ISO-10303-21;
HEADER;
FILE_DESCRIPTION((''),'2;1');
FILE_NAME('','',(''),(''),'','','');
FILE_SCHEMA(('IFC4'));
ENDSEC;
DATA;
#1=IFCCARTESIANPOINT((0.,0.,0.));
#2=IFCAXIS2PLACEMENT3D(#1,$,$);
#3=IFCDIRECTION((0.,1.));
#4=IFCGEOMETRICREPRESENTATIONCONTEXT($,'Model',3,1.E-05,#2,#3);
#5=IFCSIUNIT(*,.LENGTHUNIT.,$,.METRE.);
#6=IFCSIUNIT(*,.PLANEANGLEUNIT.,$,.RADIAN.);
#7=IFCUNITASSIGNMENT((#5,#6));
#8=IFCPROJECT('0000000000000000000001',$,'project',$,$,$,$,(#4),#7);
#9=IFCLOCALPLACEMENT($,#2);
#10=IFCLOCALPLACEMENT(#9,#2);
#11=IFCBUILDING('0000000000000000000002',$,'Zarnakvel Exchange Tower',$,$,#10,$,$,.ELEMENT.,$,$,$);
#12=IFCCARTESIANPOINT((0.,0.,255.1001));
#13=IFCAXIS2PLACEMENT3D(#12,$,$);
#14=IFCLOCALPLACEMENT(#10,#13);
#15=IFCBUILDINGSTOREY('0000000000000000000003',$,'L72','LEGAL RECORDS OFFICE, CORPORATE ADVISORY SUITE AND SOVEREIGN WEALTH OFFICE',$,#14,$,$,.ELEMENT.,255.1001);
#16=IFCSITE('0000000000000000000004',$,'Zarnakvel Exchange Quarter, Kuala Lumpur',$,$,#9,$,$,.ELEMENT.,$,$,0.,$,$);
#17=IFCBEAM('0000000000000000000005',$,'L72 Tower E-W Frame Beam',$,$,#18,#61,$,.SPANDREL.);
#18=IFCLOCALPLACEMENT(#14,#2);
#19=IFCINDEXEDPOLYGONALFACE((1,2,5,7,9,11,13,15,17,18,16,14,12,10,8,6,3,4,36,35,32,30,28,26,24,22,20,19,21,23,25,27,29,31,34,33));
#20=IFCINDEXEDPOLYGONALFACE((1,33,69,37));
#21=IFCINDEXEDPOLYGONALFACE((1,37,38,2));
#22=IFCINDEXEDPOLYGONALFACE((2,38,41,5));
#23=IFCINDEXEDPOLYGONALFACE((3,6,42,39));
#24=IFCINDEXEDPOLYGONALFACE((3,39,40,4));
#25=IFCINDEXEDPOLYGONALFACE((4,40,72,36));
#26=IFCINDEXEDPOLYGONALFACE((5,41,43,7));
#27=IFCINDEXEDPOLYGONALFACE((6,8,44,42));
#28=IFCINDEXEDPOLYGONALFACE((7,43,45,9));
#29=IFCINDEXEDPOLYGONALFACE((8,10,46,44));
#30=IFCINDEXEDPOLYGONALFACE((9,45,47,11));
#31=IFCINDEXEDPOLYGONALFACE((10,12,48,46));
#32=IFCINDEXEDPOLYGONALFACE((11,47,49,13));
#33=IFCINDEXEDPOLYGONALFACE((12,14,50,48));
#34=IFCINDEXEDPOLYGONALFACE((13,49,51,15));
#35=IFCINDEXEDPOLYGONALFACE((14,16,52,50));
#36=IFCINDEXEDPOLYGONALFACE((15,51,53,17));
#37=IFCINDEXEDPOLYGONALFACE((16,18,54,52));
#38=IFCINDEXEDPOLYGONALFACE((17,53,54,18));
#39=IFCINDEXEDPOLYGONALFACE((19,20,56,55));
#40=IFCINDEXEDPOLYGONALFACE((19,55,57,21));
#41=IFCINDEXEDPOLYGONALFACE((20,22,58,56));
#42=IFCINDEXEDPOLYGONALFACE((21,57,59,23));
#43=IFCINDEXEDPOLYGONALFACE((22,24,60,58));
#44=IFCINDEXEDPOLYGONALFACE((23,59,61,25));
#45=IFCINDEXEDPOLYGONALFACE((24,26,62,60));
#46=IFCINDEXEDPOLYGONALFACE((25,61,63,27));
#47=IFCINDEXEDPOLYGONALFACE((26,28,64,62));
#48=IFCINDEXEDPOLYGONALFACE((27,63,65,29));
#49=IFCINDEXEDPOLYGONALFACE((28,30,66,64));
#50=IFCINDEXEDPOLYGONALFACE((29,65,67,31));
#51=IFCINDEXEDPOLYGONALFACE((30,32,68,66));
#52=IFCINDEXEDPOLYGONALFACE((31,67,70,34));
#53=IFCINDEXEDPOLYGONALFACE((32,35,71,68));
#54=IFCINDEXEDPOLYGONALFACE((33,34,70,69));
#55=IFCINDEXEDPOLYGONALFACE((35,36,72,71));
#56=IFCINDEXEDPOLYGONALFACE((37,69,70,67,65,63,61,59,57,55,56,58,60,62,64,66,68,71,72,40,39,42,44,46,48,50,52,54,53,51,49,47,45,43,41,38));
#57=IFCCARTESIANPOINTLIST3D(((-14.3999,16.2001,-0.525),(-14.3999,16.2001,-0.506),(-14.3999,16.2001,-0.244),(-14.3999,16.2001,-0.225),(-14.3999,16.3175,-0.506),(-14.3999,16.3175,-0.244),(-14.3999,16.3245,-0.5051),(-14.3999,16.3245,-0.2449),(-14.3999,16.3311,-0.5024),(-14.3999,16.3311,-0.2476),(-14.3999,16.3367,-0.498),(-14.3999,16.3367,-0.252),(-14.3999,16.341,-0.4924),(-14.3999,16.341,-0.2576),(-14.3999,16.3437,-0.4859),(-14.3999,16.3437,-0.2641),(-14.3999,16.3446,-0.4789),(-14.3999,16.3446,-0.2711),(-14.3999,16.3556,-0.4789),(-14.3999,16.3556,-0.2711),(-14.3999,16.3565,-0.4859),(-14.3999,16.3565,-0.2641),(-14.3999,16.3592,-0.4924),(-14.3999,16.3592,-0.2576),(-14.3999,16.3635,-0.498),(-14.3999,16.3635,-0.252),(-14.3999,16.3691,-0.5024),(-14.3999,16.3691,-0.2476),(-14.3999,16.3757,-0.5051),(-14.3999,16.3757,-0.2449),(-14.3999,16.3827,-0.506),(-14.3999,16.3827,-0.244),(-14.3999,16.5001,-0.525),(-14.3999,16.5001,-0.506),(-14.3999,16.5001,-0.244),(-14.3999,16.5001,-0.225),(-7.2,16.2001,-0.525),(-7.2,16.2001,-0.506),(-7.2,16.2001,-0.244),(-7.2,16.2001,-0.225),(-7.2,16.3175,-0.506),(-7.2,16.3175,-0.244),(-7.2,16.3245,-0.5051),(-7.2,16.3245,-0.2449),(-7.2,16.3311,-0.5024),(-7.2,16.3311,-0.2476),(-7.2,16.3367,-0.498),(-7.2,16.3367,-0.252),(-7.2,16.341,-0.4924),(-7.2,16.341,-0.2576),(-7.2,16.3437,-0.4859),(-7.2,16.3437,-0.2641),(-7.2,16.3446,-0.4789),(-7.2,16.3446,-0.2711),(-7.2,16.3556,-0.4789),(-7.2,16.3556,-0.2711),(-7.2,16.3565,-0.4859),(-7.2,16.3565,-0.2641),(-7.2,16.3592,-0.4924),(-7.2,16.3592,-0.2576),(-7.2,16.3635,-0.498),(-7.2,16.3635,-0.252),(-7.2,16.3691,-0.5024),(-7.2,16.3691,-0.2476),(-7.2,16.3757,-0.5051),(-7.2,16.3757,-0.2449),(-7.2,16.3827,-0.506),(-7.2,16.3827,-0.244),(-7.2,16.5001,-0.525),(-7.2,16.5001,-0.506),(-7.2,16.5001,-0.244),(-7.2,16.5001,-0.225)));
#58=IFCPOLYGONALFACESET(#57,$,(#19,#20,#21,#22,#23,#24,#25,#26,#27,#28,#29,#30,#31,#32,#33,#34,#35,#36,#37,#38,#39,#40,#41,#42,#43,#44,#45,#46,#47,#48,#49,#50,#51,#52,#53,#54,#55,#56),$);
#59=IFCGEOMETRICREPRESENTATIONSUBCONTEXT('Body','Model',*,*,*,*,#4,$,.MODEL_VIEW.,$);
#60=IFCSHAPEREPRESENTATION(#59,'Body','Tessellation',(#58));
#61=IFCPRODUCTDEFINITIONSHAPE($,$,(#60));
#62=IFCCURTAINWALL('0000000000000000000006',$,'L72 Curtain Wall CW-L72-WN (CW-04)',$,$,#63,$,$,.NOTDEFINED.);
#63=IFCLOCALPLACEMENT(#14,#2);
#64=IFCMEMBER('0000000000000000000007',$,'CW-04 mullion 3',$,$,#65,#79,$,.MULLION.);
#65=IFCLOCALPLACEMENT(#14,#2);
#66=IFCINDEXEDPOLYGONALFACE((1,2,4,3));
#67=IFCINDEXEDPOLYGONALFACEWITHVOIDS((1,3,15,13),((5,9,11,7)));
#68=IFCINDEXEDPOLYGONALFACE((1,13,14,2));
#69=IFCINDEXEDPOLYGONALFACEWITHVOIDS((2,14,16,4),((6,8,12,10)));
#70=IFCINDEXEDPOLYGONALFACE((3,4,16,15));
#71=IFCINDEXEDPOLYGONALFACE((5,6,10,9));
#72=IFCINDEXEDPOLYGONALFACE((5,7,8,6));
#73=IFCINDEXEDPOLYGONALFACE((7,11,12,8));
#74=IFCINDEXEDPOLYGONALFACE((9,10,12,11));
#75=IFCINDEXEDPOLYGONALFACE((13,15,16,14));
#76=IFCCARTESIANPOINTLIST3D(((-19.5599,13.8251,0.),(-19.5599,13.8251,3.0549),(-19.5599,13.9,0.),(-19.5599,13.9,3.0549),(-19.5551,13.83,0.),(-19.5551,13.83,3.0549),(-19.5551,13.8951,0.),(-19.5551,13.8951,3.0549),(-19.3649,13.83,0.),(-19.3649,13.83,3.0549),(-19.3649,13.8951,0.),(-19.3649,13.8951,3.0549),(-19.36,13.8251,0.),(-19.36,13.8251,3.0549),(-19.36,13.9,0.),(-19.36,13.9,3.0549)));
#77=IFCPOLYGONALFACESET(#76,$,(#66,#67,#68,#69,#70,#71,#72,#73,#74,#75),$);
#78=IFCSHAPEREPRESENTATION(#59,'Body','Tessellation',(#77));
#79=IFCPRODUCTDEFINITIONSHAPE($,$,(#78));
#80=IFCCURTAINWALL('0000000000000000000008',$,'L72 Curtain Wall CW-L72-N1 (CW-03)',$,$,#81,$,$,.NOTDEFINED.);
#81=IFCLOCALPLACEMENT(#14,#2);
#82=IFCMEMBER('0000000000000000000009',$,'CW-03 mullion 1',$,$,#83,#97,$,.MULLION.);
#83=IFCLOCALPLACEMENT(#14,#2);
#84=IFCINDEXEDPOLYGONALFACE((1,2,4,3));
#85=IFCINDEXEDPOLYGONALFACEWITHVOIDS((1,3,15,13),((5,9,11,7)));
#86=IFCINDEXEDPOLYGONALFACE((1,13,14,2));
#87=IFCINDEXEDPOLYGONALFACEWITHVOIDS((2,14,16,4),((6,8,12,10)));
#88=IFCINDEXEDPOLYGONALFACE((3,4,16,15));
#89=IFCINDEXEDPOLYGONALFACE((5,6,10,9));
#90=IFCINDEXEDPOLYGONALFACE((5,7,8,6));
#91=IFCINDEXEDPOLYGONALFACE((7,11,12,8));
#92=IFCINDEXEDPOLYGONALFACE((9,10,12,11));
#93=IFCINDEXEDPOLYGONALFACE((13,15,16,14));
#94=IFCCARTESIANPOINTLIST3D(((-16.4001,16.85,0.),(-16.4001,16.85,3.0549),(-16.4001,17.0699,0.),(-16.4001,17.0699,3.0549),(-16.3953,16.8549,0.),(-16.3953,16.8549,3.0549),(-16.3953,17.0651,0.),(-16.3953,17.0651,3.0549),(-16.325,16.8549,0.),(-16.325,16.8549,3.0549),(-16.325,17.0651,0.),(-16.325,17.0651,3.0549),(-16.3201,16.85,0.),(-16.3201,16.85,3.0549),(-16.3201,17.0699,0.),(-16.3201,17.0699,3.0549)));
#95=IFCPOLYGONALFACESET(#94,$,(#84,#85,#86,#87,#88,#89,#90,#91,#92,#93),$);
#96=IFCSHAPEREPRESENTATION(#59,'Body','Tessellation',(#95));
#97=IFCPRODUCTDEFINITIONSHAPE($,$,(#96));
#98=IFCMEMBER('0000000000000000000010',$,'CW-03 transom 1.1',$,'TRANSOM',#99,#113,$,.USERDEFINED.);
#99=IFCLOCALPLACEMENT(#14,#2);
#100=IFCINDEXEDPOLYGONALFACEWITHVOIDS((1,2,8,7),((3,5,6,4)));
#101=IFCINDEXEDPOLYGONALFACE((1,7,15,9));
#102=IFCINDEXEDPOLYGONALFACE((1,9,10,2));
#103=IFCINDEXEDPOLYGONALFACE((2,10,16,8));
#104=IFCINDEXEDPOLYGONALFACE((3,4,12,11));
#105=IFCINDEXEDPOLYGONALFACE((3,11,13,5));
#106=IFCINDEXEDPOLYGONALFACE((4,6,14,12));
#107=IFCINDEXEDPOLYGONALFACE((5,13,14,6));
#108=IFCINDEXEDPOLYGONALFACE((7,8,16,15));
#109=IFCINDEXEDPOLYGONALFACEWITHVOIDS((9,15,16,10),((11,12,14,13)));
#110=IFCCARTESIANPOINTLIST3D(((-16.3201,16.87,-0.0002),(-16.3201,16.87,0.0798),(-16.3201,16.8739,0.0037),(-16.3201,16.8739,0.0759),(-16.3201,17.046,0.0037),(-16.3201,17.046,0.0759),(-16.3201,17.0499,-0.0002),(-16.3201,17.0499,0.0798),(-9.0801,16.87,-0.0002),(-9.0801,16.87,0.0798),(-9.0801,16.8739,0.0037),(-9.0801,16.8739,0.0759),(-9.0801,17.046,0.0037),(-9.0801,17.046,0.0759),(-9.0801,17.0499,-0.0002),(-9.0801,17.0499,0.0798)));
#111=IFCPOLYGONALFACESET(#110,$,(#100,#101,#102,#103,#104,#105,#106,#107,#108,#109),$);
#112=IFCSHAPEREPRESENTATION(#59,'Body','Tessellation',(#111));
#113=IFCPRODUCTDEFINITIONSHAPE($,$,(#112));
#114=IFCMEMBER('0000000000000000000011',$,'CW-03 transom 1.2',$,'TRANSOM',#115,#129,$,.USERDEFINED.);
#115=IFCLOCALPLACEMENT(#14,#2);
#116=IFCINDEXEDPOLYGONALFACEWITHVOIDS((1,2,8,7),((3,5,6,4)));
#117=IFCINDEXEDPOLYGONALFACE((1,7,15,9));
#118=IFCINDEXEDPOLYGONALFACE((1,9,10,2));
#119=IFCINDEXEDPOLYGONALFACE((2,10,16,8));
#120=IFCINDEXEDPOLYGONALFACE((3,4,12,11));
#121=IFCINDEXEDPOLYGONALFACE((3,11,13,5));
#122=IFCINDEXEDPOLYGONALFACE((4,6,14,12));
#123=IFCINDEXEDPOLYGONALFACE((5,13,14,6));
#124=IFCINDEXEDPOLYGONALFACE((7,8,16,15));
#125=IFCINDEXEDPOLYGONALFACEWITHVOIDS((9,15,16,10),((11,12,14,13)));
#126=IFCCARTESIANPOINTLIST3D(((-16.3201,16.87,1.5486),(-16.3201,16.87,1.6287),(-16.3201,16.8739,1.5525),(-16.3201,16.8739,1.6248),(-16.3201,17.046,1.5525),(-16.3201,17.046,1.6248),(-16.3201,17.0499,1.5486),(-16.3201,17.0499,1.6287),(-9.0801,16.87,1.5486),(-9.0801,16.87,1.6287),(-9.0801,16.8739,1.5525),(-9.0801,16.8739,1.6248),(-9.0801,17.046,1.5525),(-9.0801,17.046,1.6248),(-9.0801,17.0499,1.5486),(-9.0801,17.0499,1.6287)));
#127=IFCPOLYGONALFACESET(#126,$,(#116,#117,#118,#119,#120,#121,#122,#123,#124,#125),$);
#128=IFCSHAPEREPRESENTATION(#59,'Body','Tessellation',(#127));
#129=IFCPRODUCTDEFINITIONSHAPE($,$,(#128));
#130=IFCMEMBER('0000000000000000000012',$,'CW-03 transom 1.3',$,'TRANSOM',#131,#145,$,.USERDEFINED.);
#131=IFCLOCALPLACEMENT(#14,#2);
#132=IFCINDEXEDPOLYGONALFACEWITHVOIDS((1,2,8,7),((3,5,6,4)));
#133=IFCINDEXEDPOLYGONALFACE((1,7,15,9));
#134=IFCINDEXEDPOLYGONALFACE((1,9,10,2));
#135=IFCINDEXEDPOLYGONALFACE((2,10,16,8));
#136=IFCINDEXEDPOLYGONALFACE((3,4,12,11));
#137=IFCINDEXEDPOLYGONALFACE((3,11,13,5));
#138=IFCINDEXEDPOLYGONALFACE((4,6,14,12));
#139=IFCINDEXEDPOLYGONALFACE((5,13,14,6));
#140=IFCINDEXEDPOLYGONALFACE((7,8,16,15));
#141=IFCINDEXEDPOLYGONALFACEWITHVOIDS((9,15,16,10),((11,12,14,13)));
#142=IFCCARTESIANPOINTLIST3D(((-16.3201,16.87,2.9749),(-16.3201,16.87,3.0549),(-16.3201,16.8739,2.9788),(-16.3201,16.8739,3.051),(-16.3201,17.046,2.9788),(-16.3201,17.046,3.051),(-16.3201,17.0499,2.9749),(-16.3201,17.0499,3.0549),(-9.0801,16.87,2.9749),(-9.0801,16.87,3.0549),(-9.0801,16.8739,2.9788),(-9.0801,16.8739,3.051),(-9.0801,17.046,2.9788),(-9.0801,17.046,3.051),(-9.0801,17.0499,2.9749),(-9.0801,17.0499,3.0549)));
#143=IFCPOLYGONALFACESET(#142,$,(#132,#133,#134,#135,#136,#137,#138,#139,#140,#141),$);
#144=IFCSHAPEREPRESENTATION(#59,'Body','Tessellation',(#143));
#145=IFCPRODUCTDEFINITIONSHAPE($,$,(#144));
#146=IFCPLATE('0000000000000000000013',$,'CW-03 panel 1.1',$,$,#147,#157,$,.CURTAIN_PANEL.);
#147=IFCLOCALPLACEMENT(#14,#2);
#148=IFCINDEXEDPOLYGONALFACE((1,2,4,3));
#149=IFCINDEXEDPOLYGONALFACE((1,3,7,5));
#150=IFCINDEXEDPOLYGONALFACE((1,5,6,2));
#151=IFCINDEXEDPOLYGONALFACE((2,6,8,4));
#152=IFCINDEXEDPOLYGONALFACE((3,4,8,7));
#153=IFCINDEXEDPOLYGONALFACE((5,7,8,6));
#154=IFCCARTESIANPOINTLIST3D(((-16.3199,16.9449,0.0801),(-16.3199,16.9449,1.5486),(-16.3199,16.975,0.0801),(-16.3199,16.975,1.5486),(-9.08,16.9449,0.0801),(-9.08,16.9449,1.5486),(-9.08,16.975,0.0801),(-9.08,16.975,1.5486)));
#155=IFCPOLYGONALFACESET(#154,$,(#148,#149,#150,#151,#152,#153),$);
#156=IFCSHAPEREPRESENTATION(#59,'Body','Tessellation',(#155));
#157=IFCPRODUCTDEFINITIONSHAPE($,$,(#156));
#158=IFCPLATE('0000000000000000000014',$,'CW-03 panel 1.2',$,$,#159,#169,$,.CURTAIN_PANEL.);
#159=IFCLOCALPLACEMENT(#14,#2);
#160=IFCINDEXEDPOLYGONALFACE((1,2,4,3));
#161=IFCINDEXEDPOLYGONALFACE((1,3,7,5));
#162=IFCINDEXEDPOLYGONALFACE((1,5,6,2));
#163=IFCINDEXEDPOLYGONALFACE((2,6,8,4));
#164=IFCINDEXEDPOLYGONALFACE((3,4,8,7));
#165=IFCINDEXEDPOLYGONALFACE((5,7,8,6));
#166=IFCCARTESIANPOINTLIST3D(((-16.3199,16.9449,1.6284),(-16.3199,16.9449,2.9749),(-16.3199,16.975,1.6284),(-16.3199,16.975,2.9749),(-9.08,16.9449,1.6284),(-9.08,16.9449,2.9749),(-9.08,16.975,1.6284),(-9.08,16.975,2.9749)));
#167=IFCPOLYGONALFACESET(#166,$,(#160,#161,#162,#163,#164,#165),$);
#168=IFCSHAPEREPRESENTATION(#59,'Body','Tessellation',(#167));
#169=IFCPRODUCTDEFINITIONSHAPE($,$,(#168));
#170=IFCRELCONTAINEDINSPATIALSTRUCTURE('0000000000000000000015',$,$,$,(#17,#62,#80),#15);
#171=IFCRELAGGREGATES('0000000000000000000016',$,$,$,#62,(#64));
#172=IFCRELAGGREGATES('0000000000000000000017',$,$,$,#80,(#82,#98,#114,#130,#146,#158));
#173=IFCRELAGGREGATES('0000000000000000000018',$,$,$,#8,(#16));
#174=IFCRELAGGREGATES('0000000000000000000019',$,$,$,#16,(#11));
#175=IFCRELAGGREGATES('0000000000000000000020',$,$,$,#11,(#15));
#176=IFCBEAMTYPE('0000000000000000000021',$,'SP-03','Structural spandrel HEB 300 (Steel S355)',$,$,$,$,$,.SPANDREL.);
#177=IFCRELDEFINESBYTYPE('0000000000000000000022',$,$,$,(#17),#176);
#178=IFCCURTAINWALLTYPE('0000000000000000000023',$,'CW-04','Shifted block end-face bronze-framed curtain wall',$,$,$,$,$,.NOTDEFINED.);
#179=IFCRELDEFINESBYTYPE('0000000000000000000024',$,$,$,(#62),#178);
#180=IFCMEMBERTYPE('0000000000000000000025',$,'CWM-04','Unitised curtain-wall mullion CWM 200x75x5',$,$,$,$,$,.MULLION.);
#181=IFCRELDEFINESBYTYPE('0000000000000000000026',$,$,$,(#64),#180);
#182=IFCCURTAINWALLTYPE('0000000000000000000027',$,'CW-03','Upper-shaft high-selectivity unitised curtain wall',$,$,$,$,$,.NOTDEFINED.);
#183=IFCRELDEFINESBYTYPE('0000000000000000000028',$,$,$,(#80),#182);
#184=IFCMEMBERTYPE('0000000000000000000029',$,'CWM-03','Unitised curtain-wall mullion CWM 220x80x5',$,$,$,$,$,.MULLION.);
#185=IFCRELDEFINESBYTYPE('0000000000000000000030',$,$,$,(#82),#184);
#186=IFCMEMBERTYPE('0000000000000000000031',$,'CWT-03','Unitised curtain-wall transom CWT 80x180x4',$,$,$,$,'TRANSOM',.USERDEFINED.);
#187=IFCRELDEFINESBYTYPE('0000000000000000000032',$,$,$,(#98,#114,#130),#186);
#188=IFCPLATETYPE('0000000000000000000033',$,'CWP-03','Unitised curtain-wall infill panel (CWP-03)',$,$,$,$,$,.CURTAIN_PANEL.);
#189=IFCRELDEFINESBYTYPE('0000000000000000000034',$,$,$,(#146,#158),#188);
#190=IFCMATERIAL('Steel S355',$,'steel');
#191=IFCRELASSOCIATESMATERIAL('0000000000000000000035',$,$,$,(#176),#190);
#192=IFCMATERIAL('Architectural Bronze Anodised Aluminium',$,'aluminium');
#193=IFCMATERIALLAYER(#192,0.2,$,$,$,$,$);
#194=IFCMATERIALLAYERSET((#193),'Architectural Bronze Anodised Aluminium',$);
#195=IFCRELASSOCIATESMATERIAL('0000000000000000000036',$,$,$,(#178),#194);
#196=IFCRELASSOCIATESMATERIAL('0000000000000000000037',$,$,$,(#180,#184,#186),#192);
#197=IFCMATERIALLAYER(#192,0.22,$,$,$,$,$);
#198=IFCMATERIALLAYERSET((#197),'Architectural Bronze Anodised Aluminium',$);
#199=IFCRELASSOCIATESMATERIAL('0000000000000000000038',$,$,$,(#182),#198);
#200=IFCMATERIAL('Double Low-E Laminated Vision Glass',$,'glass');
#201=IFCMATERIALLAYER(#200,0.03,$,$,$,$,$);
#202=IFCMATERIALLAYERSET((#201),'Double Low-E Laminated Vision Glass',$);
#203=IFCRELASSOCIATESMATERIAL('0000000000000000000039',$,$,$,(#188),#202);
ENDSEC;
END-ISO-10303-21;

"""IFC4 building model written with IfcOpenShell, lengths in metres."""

from ifc_helpers import new_model, si_unit, direction, frame, origin, origin_2d, place, context, subcontext, project, spatial, rectangle, hollow_rectangle, i_section, extrude, source, transform, mapped, material, layer, layer_set, material_profile, profile_set, type_object, element, aggregate, save


model = new_model("IFC4")

# Units and contexts
model_context = context("Model", 3, precision=1e-05, world=origin(), true_north=direction((0.0, 1.0)))
body_context = subcontext(model_context, "Body", "Model", "MODEL_VIEW")
ifc_project = project(units=[si_unit("LENGTHUNIT", "METRE"), si_unit("PLANEANGLEUNIT", "RADIAN")], contexts=[model_context])

# Site, building, storey
site_placement = place(None, origin())
site = spatial("IfcSite", under=ifc_project, at=site_placement, Name="Zarnakvel Exchange Quarter, Kuala Lumpur", CompositionType="ELEMENT", RefElevation=0.0)
building_placement = place(site_placement, origin())
building = spatial("IfcBuilding", under=site, at=building_placement, Name="Zarnakvel Exchange Tower", CompositionType="ELEMENT")
storey_placement = place(building_placement, frame((0.0, 0.0, 255.1001)))
storey = spatial("IfcBuildingStorey", under=building, at=storey_placement, Name="L72", Description="LEGAL RECORDS OFFICE, CORPORATE ADVISORY SUITE AND SOVEREIGN WEALTH OFFICE", CompositionType="ELEMENT", Elevation=255.1001)

# Shared definitions
ifc_material_1 = material(Name="Steel S355", Category="steel")

# Beam
ifc_material_profile_1 = material_profile(ifc_material_1, i_section(OverallWidth=0.3, OverallDepth=0.3, WebThickness=0.011, FlangeThickness=0.019, FilletRadius=0.0271, at=origin_2d()))
ifc_profile_set_1 = profile_set([ifc_material_profile_1], Name="Steel S355")
beam_type_1 = type_object("IfcBeamType", Name="SP-03", Description="Structural spandrel HEB 300 (Steel S355)", PredefinedType="SPANDREL", material=ifc_profile_set_1)
beam_1_placement = place(storey_placement, frame((-14.3999, 16.3501, -0.375), z_axis=(1.0, 0.0, 0.0), x_axis=(0.0, 1.0, 0.0)))
element("IfcBeam", 1, at=beam_1_placement, inside=storey, type_object=beam_type_1, Name="L72 Tower E-W Frame Beam", PredefinedType="SPANDREL", context=body_context, shape_type="SweptSolid", body=[
    extrude(i_section(OverallWidth=0.3, OverallDepth=0.3, WebThickness=0.011, FlangeThickness=0.019, FilletRadius=0.0271, at=origin_2d()), origin(), (0.0, 0.0, 1.0), 7.2),
])

# Curtain wall, member
ifc_material_2 = material(Name="Architectural Bronze Anodised Aluminium", Category="aluminium")
ifc_layer_1 = layer(ifc_material_2, 0.2)
ifc_layer_set_1 = layer_set([ifc_layer_1], Name="Architectural Bronze Anodised Aluminium")
curtain_wall_type_1 = type_object("IfcCurtainWallType", Name="CW-04", Description="Shifted block end-face bronze-framed curtain wall", PredefinedType="NOTDEFINED", material=ifc_layer_set_1)
curtain_wall_1_placement = place(storey_placement, origin())
curtain_wall_1 = element("IfcCurtainWall", 2, at=curtain_wall_1_placement, inside=storey, type_object=curtain_wall_type_1, Name="L72 Curtain Wall CW-L72-WN (CW-04)", PredefinedType="NOTDEFINED")
ifc_material_profile_2 = material_profile(ifc_material_2, hollow_rectangle(XDim=0.2, YDim=0.075, WallThickness=0.0049, at=origin_2d()))
ifc_profile_set_2 = profile_set([ifc_material_profile_2], Name="Architectural Bronze Anodised Aluminium")
member_type_1 = type_object("IfcMemberType", Name="CWM-04", Description="Unitised curtain-wall mullion CWM 200x75x5", PredefinedType="MULLION", material=ifc_profile_set_2)
shared_shape_1 = source(origin(), body_context, "Body", "SweptSolid", [
    extrude(hollow_rectangle(XDim=0.2, YDim=0.075, WallThickness=0.0049, at=origin_2d()), origin(), (0.0, 0.0, 1.0), 3.0549),
])
member_1_placement = place(storey_placement, frame((-19.46, 13.8625, 0.0), z_axis=(0.0, 0.0, 1.0), x_axis=(-1.0, 0.0, 0.0)))
member_1 = element("IfcMember", 3, at=member_1_placement, type_object=member_type_1, Name="CW-04 mullion 3", PredefinedType="MULLION", context=body_context, shape_type="MappedRepresentation", body=[
    mapped(shared_shape_1, transform((0.0, 0.0, 0.0), x_axis=(1.0, 0.0, 0.0), y_axis=(0.0, 1.0, 0.0), z_axis=(0.0, 0.0, 1.0), scale=1.0)),
])
aggregate(curtain_wall_1, [member_1])

# Curtain wall, members, plates
ifc_layer_2 = layer(ifc_material_2, 0.22)
ifc_layer_set_2 = layer_set([ifc_layer_2], Name="Architectural Bronze Anodised Aluminium")
curtain_wall_type_2 = type_object("IfcCurtainWallType", Name="CW-03", Description="Upper-shaft high-selectivity unitised curtain wall", PredefinedType="NOTDEFINED", material=ifc_layer_set_2)
curtain_wall_2_placement = place(storey_placement, origin())
curtain_wall_2 = element("IfcCurtainWall", 4, at=curtain_wall_2_placement, inside=storey, type_object=curtain_wall_type_2, Name="L72 Curtain Wall CW-L72-N1 (CW-03)", PredefinedType="NOTDEFINED")
ifc_material_profile_3 = material_profile(ifc_material_2, hollow_rectangle(XDim=0.22, YDim=0.0801, WallThickness=0.0049, at=origin_2d()))
ifc_profile_set_3 = profile_set([ifc_material_profile_3], Name="Architectural Bronze Anodised Aluminium")
member_type_2 = type_object("IfcMemberType", Name="CWM-03", Description="Unitised curtain-wall mullion CWM 220x80x5", PredefinedType="MULLION", material=ifc_profile_set_3)
shared_shape_2 = source(origin(), body_context, "Body", "SweptSolid", [
    extrude(hollow_rectangle(XDim=0.22, YDim=0.0801, WallThickness=0.0049, at=origin_2d()), origin(), (0.0, 0.0, 1.0), 3.0549),
])
member_2_placement = place(storey_placement, frame((-16.3601, 16.96, 0.0), z_axis=(0.0, 0.0, 1.0), x_axis=(0.0, 1.0, 0.0)))
member_2 = element("IfcMember", 5, at=member_2_placement, type_object=member_type_2, Name="CW-03 mullion 1", PredefinedType="MULLION", context=body_context, shape_type="MappedRepresentation", body=[
    mapped(shared_shape_2, transform((0.0, 0.0, 0.0), x_axis=(1.0, 0.0, 0.0), y_axis=(0.0, 1.0, 0.0), z_axis=(0.0, 0.0, 1.0), scale=1.0)),
])
ifc_material_profile_4 = material_profile(ifc_material_2, hollow_rectangle(XDim=0.1799, YDim=0.0801, WallThickness=0.0039, at=origin_2d()))
ifc_profile_set_4 = profile_set([ifc_material_profile_4], Name="Architectural Bronze Anodised Aluminium")
member_type_3 = type_object("IfcMemberType", Name="CWT-03", Description="Unitised curtain-wall transom CWT 80x180x4", ElementType="TRANSOM", PredefinedType="USERDEFINED", material=ifc_profile_set_4)
shared_shape_3 = source(origin(), body_context, "Body", "SweptSolid", [
    extrude(hollow_rectangle(XDim=0.1799, YDim=0.0801, WallThickness=0.0039, at=origin_2d()), origin(), (0.0, 0.0, 1.0), 7.24),
])
member_3_placement = place(storey_placement, frame((-16.3201, 16.96, 0.0398), z_axis=(1.0, 0.0, 0.0), x_axis=(0.0, 1.0, 0.0)))
member_3 = element("IfcMember", 6, at=member_3_placement, type_object=member_type_3, Name="CW-03 transom 1.1", ObjectType="TRANSOM", PredefinedType="USERDEFINED", context=body_context, shape_type="MappedRepresentation", body=[
    mapped(shared_shape_3, transform((0.0, 0.0, 0.0), x_axis=(1.0, 0.0, 0.0), y_axis=(0.0, 1.0, 0.0), z_axis=(0.0, 0.0, 1.0), scale=1.0)),
])
member_4_placement = place(storey_placement, frame((-16.3201, 16.96, 1.5886), z_axis=(1.0, 0.0, 0.0), x_axis=(0.0, 1.0, 0.0)))
member_4 = element("IfcMember", 7, at=member_4_placement, type_object=member_type_3, Name="CW-03 transom 1.2", ObjectType="TRANSOM", PredefinedType="USERDEFINED", context=body_context, shape_type="MappedRepresentation", body=[
    mapped(shared_shape_3, transform((0.0, 0.0, 0.0), x_axis=(1.0, 0.0, 0.0), y_axis=(0.0, 1.0, 0.0), z_axis=(0.0, 0.0, 1.0), scale=1.0)),
])
member_5_placement = place(storey_placement, frame((-16.3201, 16.96, 3.0149), z_axis=(1.0, 0.0, 0.0), x_axis=(0.0, 1.0, 0.0)))
member_5 = element("IfcMember", 8, at=member_5_placement, type_object=member_type_3, Name="CW-03 transom 1.3", ObjectType="TRANSOM", PredefinedType="USERDEFINED", context=body_context, shape_type="MappedRepresentation", body=[
    mapped(shared_shape_3, transform((0.0, 0.0, 0.0), x_axis=(1.0, 0.0, 0.0), y_axis=(0.0, 1.0, 0.0), z_axis=(0.0, 0.0, 1.0), scale=1.0)),
])
ifc_material_3 = material(Name="Double Low-E Laminated Vision Glass", Category="glass")
ifc_layer_3 = layer(ifc_material_3, 0.03)
ifc_layer_set_3 = layer_set([ifc_layer_3], Name="Double Low-E Laminated Vision Glass")
plate_type = type_object("IfcPlateType", Name="CWP-03", Description="Unitised curtain-wall infill panel (CWP-03)", PredefinedType="CURTAIN_PANEL", material=ifc_layer_set_3)
shared_shape_4 = source(origin(), body_context, "Body", "SweptSolid", [
    extrude(rectangle(XDim=7.24, YDim=0.03, at=origin_2d()), origin(), (0.0, 0.0, 1.0), 1.4685),
])
plate_1_placement = place(storey_placement, frame((-12.7, 16.96, 0.0801), z_axis=(0.0, 0.0, 1.0), x_axis=(1.0, 0.0, 0.0)))
plate_1 = element("IfcPlate", 9, at=plate_1_placement, type_object=plate_type, Name="CW-03 panel 1.1", PredefinedType="CURTAIN_PANEL", context=body_context, shape_type="MappedRepresentation", body=[
    mapped(shared_shape_4, transform((0.0, 0.0, 0.0), x_axis=(1.0, 0.0, 0.0), y_axis=(0.0, 1.0, 0.0), z_axis=(0.0, 0.0, 1.0), scale=1.0)),
])
shared_shape_5 = source(origin(), body_context, "Body", "SweptSolid", [
    extrude(rectangle(XDim=7.24, YDim=0.03, at=origin_2d()), origin(), (0.0, 0.0, 1.0), 1.3464),
])
plate_2_placement = place(storey_placement, frame((-12.7, 16.96, 1.6284), z_axis=(0.0, 0.0, 1.0), x_axis=(1.0, 0.0, 0.0)))
plate_2 = element("IfcPlate", 10, at=plate_2_placement, type_object=plate_type, Name="CW-03 panel 1.2", PredefinedType="CURTAIN_PANEL", context=body_context, shape_type="MappedRepresentation", body=[
    mapped(shared_shape_5, transform((0.0, 0.0, 0.0), x_axis=(1.0, 0.0, 0.0), y_axis=(0.0, 1.0, 0.0), z_axis=(0.0, 0.0, 1.0), scale=1.0)),
])
aggregate(curtain_wall_2, [member_2, member_3, member_4, member_5, plate_1, plate_2])

save(model, "model.ifc")
